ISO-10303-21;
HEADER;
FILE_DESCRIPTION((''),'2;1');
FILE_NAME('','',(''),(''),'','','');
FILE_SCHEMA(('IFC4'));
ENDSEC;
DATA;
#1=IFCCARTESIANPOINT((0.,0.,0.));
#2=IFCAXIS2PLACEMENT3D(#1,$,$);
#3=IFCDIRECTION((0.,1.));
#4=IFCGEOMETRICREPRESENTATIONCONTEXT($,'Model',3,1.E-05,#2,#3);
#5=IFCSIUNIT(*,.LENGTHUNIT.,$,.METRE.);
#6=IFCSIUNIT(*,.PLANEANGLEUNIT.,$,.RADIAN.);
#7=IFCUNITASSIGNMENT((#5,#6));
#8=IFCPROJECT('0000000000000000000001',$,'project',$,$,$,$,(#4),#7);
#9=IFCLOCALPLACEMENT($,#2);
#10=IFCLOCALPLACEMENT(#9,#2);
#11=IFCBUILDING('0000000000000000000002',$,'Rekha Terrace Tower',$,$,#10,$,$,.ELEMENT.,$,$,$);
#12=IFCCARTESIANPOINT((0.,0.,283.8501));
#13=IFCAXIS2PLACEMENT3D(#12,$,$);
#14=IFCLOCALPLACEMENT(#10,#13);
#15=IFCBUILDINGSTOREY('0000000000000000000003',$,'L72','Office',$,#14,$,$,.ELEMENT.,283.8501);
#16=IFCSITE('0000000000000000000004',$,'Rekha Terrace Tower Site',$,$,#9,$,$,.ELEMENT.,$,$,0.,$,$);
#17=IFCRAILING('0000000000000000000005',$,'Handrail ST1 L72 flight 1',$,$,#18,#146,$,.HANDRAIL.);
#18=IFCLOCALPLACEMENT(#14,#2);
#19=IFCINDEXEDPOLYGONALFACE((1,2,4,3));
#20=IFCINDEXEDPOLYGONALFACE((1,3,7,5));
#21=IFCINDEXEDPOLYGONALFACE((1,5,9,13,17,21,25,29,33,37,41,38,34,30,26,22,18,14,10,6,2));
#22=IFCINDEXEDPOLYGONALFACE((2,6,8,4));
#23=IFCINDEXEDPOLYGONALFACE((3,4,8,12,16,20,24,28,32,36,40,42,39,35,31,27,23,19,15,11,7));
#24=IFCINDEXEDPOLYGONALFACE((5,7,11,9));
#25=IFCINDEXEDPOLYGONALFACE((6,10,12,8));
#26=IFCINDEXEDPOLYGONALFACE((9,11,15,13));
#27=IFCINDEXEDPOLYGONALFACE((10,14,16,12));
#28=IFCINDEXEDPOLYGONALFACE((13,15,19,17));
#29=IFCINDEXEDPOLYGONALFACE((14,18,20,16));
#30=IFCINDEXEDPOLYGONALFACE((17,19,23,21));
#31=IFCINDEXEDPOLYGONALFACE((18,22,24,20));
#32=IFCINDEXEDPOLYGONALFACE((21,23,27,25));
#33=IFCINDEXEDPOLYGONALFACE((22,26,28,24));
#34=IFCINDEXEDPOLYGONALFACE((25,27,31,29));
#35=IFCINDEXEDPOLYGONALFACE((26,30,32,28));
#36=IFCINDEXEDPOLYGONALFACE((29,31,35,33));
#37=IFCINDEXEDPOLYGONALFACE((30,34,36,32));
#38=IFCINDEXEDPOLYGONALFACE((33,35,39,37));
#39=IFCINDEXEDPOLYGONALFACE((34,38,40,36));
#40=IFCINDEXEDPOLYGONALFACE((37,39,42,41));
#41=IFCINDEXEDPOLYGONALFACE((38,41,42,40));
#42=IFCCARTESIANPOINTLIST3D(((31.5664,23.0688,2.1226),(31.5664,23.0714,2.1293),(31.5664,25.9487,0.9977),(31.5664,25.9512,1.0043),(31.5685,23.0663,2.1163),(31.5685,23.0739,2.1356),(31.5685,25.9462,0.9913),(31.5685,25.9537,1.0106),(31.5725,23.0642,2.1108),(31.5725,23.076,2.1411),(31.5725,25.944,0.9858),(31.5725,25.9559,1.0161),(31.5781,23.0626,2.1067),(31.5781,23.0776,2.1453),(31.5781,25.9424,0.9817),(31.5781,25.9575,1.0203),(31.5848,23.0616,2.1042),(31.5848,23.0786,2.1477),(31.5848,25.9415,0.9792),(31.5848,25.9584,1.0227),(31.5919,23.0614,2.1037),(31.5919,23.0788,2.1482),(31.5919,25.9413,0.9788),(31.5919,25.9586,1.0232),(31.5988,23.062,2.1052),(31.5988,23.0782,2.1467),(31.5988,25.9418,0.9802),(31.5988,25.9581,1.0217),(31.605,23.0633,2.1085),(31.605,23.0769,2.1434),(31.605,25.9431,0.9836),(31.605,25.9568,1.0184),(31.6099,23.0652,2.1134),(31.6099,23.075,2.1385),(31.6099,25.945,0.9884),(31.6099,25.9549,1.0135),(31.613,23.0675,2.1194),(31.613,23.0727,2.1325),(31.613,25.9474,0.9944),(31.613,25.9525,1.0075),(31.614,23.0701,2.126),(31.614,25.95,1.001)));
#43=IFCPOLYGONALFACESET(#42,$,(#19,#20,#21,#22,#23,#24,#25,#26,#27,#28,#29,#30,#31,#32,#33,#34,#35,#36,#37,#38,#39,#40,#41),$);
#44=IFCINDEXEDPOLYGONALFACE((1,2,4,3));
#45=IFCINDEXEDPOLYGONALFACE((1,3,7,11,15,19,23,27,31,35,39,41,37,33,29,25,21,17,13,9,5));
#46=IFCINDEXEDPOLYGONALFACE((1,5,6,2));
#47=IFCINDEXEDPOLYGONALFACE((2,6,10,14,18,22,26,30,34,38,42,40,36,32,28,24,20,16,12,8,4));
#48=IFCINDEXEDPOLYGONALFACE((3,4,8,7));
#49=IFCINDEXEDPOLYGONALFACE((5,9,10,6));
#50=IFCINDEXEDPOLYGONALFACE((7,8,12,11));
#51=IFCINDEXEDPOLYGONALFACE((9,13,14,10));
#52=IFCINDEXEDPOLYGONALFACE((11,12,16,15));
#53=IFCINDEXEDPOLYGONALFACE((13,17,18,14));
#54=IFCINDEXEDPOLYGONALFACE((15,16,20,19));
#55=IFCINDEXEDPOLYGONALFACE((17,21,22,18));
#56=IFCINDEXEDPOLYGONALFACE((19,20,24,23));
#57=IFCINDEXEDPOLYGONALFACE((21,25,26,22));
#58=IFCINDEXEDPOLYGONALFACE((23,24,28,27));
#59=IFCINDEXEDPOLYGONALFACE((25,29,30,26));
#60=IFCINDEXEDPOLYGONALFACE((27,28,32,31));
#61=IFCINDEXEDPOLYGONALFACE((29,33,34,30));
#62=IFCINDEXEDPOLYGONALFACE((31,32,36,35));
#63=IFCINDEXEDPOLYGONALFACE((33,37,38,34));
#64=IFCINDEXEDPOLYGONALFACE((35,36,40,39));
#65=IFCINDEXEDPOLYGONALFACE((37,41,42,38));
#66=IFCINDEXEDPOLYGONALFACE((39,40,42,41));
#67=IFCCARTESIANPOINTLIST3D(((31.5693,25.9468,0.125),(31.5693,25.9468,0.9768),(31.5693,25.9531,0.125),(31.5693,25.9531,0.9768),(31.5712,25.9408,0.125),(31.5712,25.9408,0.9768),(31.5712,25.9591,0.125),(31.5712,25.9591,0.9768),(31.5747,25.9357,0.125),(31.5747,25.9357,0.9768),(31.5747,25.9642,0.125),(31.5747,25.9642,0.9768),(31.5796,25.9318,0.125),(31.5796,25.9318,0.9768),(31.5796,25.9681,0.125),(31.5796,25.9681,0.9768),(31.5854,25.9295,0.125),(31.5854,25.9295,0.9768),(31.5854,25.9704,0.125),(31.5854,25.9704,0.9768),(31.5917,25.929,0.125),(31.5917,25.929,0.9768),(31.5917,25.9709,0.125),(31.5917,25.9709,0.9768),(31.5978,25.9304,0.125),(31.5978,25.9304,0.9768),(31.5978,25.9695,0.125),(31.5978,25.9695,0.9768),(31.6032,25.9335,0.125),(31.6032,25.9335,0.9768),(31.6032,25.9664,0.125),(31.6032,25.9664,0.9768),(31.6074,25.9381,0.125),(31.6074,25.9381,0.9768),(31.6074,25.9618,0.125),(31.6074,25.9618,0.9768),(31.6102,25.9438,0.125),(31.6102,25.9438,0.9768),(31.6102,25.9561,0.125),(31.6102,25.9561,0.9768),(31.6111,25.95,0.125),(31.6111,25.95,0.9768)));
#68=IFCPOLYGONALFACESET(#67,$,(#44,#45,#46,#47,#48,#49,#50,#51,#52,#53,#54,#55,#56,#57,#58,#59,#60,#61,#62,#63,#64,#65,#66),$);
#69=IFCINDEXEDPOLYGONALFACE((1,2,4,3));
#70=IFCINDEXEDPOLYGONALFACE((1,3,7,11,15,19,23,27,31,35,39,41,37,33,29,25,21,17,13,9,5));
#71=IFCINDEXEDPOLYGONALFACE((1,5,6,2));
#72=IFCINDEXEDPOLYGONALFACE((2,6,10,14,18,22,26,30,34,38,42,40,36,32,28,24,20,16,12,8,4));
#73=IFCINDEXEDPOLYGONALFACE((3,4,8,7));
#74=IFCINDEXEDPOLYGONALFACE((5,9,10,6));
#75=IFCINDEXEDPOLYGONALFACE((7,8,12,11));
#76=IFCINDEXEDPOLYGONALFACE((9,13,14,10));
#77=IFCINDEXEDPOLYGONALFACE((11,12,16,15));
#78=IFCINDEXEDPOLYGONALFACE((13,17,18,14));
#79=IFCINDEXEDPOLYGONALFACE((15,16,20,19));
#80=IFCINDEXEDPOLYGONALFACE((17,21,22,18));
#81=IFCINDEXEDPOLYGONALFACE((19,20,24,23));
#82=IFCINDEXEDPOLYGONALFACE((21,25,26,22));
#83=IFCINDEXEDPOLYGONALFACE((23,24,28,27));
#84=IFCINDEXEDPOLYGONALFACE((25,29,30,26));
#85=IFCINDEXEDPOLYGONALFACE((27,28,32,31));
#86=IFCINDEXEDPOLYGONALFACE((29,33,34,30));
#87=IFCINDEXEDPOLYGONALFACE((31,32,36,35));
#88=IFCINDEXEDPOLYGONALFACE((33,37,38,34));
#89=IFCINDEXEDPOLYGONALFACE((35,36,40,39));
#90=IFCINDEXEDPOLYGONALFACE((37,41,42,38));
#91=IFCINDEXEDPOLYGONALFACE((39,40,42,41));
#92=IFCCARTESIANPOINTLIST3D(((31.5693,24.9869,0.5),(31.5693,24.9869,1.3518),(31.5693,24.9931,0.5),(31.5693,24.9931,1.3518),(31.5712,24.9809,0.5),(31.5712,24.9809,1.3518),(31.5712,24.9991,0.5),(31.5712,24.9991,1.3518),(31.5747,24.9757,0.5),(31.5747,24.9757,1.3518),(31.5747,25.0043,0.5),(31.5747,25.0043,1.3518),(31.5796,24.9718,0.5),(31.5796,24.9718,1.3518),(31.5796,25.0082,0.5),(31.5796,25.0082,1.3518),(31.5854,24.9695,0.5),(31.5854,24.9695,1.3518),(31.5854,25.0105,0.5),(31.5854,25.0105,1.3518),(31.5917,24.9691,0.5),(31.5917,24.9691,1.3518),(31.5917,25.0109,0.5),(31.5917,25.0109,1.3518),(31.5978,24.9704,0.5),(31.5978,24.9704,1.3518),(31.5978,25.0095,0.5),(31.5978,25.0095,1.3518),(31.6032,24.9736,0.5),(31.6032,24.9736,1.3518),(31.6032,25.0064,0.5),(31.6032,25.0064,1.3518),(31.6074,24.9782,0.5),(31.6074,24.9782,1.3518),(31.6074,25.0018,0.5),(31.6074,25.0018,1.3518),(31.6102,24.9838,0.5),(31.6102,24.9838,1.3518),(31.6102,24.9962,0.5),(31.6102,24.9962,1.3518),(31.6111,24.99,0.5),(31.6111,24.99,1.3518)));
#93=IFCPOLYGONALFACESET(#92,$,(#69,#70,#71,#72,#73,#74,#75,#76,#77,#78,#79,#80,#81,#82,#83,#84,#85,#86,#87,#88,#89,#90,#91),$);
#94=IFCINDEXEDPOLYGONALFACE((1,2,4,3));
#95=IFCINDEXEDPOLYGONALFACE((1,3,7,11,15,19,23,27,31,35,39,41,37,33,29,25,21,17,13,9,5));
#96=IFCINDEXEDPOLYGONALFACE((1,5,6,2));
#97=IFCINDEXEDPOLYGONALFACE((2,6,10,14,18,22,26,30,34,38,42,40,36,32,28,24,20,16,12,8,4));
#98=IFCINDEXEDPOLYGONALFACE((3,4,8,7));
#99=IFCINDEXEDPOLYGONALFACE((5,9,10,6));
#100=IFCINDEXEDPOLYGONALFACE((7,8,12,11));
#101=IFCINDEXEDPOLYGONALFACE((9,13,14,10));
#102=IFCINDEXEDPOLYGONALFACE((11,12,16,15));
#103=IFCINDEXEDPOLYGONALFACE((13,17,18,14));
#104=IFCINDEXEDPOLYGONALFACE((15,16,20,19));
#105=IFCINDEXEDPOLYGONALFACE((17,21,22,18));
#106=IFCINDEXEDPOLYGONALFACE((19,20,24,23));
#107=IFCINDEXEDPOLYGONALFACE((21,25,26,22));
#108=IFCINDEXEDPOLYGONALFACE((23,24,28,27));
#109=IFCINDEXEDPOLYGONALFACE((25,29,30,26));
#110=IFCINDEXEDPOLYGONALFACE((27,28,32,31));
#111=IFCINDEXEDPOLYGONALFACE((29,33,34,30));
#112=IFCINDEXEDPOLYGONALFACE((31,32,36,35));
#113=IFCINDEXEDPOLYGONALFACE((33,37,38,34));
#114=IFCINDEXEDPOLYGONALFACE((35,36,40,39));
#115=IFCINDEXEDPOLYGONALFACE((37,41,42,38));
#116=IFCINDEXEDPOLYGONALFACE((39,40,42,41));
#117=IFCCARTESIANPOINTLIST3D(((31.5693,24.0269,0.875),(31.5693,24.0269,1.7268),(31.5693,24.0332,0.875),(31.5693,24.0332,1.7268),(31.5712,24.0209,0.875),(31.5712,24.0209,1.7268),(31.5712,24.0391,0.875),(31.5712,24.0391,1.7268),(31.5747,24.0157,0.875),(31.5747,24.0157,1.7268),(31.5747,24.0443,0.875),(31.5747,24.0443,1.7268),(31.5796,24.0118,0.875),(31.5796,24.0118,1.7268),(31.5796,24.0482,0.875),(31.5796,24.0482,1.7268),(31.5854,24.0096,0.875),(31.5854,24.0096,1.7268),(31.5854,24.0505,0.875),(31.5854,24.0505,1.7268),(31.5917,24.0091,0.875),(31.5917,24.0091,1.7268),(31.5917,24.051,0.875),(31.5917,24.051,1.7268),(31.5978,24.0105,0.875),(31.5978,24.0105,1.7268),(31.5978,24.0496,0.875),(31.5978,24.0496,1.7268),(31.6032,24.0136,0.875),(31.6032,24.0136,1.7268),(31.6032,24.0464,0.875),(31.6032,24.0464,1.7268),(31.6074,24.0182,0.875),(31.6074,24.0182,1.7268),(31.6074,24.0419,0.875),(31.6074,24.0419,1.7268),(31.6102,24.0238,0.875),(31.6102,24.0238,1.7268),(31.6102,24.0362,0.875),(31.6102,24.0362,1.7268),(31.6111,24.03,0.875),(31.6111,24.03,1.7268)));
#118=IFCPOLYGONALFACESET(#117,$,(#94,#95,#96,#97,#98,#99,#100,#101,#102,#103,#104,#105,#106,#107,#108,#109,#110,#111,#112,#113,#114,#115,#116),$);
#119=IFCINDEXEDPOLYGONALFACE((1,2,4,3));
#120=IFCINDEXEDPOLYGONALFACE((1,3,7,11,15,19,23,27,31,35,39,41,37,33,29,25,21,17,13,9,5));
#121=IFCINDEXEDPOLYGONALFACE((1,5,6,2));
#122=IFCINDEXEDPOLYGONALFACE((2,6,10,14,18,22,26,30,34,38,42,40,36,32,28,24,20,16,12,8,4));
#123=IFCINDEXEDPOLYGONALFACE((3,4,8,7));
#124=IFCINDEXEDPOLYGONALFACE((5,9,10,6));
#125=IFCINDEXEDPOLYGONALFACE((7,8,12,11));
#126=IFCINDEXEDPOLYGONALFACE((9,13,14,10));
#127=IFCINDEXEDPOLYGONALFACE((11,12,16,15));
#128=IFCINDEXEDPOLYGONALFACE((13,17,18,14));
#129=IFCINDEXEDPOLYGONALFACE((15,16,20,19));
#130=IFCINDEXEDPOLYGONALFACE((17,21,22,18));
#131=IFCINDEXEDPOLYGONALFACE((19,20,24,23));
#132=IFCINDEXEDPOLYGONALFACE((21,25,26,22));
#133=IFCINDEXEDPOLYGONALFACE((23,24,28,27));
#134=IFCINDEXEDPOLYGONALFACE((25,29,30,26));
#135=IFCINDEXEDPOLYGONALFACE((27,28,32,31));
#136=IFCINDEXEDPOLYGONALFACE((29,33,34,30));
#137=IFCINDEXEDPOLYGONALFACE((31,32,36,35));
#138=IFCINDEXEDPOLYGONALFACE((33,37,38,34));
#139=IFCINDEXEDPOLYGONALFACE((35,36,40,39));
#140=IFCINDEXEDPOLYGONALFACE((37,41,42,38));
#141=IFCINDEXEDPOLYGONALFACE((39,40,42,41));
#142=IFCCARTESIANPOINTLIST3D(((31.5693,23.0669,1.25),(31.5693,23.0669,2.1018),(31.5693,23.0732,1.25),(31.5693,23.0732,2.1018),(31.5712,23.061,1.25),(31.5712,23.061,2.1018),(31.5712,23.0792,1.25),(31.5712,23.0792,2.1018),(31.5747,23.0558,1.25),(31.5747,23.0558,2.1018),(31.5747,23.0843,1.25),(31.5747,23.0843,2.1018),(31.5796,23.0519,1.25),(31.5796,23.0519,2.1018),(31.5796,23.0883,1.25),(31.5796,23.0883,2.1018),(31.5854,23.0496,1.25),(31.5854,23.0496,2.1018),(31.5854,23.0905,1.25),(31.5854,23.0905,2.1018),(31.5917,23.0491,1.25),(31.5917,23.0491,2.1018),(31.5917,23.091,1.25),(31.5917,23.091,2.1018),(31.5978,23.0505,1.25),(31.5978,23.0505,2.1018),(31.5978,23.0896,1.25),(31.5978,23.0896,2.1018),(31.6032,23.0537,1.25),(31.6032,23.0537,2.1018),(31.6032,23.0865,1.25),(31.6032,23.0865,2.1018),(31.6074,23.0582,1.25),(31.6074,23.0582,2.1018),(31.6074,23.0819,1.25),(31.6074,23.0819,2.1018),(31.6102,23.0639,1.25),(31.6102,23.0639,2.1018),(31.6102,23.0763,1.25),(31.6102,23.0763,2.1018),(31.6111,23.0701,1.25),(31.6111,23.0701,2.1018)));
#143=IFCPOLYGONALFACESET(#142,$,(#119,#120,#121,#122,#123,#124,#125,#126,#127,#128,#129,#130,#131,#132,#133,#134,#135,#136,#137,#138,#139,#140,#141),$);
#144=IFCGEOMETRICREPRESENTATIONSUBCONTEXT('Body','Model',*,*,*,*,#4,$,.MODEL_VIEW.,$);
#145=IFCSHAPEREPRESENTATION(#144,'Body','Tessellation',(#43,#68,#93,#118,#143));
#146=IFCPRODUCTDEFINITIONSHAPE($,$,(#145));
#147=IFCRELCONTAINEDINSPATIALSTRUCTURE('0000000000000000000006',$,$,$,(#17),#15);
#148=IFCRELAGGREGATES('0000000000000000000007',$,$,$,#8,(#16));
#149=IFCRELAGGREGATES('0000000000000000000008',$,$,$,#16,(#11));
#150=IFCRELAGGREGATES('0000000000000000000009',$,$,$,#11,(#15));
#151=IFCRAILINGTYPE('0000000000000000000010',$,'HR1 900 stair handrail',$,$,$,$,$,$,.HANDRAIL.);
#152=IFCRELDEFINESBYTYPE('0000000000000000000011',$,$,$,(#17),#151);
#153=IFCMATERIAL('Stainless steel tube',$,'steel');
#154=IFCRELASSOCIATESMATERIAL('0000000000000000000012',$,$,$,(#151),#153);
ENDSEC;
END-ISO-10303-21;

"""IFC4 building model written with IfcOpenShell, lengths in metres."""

from ifc_helpers import new_model, si_unit, direction, frame, origin, origin_2d, place, context, subcontext, project, spatial, circle, extrude, material, type_object, element, save


model = new_model("IFC4")

# Units and contexts
model_context = context("Model", 3, precision=1e-05, world=origin(), true_north=direction((0.0, 1.0)))
body_context = subcontext(model_context, "Body", "Model", "MODEL_VIEW")
ifc_project = project(units=[si_unit("LENGTHUNIT", "METRE"), si_unit("PLANEANGLEUNIT", "RADIAN")], contexts=[model_context])

# Site, building, storey
site_placement = place(None, origin())
site = spatial("IfcSite", under=ifc_project, at=site_placement, Name="Rekha Terrace Tower Site", CompositionType="ELEMENT", RefElevation=0.0)
building_placement = place(site_placement, origin())
building = spatial("IfcBuilding", under=site, at=building_placement, Name="Rekha Terrace Tower", CompositionType="ELEMENT")
storey_placement = place(building_placement, frame((0.0, 0.0, 283.8501)))
storey = spatial("IfcBuildingStorey", under=building, at=storey_placement, Name="L72", Description="Office", CompositionType="ELEMENT", Elevation=283.8501)

# Railing
ifc_material_1 = material(Name="Stainless steel tube", Category="steel")
railing_type_1 = type_object("IfcRailingType", Name="HR1 900 stair handrail", PredefinedType="HANDRAIL", material=ifc_material_1)
railing_1_placement = place(storey_placement, frame((31.5901, 25.95, 0.125)))
element("IfcRailing", 1, at=railing_1_placement, inside=storey, type_object=railing_type_1, Name="Handrail ST1 L72 flight 1", PredefinedType="HANDRAIL", context=body_context, shape_type="SweptSolid", body=[
    extrude(circle(Radius=0.0239, at=origin_2d()), frame((0.0, 0.0, 0.876), z_axis=(0.0, -0.931452, 0.363863), x_axis=(1.0, 0.0, 0.0)), (0.0, 0.0, 1.0), 3.0918),
    extrude(circle(Radius=0.021, at=origin_2d()), origin(), (0.0, 0.0, 1.0), 0.8518),
    extrude(circle(Radius=0.021, at=origin_2d()), frame((0.0, -0.96, 0.375)), (0.0, 0.0, 1.0), 0.8518),
    extrude(circle(Radius=0.021, at=origin_2d()), frame((0.0, -1.9199, 0.75)), (0.0, 0.0, 1.0), 0.8518),
    extrude(circle(Radius=0.021, at=origin_2d()), frame((0.0, -2.8799, 1.125)), (0.0, 0.0, 1.0), 0.8518),
])

save(model, "model.ifc")
